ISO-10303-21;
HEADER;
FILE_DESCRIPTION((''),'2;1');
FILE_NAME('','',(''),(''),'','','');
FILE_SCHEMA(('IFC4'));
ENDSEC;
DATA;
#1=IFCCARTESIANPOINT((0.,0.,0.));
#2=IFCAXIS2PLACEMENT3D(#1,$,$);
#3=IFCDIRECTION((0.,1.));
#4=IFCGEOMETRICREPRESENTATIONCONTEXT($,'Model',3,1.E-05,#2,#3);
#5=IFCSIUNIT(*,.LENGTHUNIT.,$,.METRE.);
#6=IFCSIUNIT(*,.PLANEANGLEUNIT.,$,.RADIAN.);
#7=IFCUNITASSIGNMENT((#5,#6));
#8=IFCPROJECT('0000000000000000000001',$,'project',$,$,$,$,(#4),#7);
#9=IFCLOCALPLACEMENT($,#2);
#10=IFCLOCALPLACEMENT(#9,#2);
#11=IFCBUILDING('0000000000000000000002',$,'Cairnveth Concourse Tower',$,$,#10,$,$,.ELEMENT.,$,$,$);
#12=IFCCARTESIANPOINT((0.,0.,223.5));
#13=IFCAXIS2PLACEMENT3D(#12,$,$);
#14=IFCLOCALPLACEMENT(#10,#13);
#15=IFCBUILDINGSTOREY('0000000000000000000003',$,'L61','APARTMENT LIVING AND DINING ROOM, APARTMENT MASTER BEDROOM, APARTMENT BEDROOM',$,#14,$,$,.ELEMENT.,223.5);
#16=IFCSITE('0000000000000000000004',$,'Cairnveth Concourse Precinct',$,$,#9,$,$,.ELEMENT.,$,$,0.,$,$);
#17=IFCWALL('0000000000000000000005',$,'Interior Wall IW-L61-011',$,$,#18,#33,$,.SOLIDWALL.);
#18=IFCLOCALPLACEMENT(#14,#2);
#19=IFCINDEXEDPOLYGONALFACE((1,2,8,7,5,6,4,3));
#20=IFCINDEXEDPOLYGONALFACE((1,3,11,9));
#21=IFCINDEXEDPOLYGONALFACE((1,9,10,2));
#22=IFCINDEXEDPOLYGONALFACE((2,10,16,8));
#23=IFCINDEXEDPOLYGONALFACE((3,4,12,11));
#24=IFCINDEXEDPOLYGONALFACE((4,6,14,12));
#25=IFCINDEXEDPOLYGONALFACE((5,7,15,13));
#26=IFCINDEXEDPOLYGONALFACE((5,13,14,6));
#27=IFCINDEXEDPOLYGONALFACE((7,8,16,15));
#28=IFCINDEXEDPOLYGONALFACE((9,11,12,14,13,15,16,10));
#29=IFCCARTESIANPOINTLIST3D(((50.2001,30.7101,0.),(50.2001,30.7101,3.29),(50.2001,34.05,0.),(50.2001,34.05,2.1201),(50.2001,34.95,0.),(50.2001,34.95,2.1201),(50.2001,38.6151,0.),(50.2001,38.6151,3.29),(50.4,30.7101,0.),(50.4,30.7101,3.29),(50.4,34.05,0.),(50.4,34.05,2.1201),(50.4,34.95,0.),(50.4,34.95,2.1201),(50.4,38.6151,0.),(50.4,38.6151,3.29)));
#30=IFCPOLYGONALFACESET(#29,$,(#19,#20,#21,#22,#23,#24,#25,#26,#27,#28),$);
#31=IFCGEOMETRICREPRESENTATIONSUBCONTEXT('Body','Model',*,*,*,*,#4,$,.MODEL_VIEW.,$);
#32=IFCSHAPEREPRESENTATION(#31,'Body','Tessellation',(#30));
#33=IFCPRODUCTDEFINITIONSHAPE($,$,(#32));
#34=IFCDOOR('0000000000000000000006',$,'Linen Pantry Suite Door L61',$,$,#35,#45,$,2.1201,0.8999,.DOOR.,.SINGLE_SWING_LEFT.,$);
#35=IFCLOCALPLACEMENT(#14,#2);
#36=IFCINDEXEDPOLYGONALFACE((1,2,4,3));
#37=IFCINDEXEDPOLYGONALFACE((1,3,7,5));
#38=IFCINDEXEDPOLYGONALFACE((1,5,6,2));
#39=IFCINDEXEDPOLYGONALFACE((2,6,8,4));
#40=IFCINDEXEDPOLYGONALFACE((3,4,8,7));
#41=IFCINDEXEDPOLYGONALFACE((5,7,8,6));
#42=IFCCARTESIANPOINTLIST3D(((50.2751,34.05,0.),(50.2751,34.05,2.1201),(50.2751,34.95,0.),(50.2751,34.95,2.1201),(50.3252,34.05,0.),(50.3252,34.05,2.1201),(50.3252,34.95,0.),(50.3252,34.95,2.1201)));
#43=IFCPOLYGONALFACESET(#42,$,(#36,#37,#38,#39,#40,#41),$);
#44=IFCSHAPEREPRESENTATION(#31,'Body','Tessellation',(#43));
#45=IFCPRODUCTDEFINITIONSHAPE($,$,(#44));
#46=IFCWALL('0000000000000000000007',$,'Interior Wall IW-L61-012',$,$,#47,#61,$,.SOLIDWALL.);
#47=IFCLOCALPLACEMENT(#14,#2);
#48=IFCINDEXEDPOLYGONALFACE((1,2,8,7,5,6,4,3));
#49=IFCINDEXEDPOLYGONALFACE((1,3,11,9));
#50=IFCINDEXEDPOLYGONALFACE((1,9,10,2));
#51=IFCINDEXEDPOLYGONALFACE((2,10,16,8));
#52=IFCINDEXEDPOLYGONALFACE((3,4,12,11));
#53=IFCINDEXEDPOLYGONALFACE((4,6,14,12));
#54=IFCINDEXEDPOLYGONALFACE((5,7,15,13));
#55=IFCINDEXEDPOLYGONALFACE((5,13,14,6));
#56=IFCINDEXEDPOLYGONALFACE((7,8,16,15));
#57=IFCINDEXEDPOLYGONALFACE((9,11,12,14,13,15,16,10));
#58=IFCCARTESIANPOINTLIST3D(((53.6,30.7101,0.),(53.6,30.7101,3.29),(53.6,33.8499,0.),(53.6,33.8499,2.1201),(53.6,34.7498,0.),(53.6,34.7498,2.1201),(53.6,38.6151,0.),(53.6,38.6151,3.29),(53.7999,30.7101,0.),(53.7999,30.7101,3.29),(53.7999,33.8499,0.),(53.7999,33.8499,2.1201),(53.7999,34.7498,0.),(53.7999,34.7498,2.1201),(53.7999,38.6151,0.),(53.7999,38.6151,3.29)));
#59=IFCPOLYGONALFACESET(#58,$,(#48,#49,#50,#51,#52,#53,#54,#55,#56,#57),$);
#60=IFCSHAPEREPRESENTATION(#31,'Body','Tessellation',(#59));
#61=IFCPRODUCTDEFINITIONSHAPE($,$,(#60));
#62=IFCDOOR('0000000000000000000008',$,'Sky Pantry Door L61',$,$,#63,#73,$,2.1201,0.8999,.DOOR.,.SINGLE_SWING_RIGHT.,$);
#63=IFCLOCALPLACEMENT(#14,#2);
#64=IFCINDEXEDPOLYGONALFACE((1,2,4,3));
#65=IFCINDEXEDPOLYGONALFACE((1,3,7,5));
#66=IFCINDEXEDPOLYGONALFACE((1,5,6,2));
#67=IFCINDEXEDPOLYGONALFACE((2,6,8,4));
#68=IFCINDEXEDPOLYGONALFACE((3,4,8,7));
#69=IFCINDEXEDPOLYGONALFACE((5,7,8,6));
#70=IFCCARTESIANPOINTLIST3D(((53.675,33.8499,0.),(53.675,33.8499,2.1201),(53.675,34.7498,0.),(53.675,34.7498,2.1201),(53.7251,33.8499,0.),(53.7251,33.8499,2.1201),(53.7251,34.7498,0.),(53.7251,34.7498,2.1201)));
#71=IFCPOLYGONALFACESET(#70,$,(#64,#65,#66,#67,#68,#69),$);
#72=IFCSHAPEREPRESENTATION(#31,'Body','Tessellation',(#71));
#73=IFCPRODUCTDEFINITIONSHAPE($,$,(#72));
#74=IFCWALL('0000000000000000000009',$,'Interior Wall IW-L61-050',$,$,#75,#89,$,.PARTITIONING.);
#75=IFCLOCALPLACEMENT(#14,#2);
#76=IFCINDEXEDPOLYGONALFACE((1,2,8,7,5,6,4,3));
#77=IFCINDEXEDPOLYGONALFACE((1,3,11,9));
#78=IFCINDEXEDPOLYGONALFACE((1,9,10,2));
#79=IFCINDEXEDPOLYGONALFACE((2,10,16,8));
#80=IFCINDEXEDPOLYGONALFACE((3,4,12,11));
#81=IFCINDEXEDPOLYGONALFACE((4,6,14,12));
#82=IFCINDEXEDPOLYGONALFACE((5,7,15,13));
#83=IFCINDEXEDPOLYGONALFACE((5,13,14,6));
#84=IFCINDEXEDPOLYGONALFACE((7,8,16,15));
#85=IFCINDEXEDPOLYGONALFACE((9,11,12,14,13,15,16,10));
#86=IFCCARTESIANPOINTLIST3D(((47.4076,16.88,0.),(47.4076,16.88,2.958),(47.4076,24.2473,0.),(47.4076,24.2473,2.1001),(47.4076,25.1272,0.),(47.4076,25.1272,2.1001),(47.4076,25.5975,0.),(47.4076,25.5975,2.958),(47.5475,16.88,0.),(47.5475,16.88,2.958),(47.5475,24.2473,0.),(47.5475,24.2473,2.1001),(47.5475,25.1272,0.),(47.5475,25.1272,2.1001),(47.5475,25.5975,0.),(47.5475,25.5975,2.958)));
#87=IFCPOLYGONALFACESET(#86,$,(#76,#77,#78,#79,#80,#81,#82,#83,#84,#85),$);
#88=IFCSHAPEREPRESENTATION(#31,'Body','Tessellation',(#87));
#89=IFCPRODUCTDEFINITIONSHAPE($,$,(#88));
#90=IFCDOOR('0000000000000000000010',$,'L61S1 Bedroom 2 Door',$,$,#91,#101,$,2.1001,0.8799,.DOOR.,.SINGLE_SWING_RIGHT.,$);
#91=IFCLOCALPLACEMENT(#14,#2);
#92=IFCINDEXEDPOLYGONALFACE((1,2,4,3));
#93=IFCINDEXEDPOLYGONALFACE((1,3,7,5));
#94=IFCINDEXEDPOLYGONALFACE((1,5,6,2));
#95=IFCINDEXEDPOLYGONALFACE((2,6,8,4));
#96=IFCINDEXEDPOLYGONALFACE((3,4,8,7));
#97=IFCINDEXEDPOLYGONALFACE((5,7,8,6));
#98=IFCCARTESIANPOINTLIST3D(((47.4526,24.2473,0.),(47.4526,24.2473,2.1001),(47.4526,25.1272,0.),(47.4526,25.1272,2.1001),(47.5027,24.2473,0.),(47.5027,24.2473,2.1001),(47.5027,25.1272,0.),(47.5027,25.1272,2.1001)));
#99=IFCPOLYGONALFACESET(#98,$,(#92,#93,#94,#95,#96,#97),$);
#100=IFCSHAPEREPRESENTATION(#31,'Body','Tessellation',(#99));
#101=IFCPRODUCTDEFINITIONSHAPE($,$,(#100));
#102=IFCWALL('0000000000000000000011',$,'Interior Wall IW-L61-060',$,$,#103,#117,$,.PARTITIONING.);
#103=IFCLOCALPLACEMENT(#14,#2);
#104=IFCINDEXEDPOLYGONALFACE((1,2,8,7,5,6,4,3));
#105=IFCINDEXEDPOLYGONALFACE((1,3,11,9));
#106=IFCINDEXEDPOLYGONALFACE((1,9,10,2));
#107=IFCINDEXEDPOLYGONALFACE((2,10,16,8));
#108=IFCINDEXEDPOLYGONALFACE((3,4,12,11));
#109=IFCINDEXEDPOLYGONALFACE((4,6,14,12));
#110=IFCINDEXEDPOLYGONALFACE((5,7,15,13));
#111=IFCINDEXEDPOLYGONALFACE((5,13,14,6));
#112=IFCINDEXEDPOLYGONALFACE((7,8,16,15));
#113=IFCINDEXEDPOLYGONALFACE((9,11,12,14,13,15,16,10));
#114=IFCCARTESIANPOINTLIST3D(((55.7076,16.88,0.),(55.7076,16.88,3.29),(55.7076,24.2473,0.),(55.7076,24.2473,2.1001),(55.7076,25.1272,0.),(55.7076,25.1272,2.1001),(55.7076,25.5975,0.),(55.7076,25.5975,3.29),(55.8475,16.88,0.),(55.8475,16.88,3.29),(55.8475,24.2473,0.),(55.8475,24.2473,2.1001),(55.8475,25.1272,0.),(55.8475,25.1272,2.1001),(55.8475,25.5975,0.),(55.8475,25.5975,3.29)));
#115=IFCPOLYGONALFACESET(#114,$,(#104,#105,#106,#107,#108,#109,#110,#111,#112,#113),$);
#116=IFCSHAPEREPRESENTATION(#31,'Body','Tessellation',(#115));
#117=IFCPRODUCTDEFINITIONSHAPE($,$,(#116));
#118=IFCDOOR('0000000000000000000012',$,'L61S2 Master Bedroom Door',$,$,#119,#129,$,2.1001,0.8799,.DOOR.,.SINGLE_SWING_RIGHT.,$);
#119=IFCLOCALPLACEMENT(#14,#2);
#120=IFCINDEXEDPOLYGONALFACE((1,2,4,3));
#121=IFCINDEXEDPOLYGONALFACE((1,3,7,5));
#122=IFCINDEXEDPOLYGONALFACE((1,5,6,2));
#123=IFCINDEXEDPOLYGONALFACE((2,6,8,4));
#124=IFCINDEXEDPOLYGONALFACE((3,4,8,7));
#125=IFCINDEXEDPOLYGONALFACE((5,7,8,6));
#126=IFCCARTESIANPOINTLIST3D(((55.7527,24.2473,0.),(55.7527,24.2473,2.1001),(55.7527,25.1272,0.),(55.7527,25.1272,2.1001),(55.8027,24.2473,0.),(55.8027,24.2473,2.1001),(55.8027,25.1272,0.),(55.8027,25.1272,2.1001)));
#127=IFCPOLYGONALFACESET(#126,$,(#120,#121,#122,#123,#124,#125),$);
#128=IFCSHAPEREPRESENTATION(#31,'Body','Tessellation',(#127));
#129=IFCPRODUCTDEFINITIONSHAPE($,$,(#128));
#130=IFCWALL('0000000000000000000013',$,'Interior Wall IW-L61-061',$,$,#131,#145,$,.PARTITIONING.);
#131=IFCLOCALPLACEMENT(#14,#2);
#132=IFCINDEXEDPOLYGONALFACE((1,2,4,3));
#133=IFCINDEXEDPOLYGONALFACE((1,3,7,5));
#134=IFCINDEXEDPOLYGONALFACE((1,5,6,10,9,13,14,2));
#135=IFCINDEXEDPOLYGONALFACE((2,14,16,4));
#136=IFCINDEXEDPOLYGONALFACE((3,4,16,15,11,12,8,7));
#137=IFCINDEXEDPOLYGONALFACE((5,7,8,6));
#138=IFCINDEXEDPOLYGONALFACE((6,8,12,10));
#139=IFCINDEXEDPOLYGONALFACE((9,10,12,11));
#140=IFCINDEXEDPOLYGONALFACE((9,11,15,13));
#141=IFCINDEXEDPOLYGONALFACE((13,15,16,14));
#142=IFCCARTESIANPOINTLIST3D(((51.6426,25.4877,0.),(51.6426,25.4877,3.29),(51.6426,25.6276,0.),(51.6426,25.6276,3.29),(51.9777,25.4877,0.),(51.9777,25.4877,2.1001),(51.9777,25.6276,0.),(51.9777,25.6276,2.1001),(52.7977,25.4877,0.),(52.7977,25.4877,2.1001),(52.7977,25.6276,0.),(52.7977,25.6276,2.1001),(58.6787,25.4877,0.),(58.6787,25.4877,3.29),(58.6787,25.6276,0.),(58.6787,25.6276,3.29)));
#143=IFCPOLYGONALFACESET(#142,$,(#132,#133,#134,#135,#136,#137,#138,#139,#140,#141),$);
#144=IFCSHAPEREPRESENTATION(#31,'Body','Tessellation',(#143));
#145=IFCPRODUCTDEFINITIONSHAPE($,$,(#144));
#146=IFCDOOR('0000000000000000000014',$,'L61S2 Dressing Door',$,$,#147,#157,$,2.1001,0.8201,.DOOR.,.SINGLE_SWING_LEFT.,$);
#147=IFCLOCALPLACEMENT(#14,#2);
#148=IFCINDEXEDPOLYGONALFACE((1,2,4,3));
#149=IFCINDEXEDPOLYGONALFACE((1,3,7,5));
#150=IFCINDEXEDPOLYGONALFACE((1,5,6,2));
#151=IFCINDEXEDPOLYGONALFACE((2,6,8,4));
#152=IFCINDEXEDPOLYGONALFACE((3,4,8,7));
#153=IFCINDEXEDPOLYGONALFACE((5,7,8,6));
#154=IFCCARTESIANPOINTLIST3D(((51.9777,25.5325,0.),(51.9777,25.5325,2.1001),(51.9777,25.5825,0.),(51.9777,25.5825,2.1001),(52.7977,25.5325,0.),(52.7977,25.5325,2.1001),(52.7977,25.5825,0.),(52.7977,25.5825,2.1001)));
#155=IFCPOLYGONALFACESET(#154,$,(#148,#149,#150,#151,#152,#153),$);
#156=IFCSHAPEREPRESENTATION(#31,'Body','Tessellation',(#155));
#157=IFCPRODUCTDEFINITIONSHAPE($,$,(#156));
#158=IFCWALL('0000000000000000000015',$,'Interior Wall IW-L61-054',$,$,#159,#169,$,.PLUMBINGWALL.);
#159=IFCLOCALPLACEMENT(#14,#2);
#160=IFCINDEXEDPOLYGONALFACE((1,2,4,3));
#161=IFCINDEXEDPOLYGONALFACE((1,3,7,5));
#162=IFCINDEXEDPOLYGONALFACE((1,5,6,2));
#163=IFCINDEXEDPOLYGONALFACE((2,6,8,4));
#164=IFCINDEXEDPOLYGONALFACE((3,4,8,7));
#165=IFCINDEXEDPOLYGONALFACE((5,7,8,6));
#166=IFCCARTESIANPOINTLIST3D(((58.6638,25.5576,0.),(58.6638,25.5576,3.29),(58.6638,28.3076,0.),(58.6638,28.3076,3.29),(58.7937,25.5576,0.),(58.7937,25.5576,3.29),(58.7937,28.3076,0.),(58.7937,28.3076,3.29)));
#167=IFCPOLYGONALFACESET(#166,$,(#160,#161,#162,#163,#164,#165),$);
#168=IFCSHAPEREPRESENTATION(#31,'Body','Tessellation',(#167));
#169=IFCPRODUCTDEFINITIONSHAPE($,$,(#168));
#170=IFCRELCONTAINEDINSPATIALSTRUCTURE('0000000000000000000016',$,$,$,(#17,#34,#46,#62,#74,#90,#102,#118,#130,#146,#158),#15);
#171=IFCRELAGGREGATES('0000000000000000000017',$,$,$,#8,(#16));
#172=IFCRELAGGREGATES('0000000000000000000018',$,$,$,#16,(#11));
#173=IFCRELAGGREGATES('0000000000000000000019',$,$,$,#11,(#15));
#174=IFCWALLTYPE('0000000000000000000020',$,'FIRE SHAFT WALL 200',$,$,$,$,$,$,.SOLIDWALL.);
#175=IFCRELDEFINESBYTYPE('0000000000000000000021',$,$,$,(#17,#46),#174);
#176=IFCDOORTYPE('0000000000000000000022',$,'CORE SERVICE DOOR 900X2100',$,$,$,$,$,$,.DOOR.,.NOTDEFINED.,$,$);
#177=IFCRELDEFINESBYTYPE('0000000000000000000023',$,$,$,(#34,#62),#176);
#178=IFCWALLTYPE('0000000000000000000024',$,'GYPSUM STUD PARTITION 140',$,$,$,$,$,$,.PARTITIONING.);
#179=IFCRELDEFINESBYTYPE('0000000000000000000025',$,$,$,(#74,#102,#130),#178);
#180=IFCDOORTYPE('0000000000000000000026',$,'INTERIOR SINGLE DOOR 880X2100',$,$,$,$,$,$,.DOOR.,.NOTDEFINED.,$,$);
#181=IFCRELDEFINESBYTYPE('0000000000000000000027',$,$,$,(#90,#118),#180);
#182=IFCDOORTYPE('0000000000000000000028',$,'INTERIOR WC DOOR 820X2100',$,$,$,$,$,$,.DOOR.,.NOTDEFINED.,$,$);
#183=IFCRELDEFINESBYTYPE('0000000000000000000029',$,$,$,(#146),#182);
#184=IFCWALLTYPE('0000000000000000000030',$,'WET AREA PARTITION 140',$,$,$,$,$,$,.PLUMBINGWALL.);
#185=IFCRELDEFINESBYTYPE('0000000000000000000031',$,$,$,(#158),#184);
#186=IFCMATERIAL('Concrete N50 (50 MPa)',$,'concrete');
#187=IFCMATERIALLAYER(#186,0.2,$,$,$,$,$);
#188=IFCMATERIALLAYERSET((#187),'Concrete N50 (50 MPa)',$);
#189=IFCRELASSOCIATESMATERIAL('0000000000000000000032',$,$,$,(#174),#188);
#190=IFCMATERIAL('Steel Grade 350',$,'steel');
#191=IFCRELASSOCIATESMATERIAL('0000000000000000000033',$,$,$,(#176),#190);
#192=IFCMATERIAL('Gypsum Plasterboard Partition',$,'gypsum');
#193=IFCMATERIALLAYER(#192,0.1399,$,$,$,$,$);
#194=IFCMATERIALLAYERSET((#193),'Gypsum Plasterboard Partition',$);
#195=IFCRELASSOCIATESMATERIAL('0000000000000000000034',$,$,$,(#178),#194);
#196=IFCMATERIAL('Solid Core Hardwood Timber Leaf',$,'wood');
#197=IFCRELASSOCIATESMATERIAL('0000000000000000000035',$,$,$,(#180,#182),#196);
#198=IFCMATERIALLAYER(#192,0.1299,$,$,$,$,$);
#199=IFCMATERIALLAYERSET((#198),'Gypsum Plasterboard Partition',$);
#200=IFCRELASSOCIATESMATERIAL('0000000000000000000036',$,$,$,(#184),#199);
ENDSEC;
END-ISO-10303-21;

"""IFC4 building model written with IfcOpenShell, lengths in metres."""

from ifc_helpers import new_model, si_unit, direction, frame, frame_2d, origin, place, context, subcontext, project, spatial, rectangle, extrude, material, layer, layer_set, type_object, element, fill, save


model = new_model("IFC4")

# Units and contexts
model_context = context("Model", 3, precision=1e-05, world=origin(), true_north=direction((0.0, 1.0)))
body_context = subcontext(model_context, "Body", "Model", "MODEL_VIEW")
ifc_project = project(units=[si_unit("LENGTHUNIT", "METRE"), si_unit("PLANEANGLEUNIT", "RADIAN")], contexts=[model_context])

# Site, building, storey
site_placement = place(None, origin())
site = spatial("IfcSite", under=ifc_project, at=site_placement, Name="Cairnveth Concourse Precinct", CompositionType="ELEMENT", RefElevation=0.0)
building_placement = place(site_placement, origin())
building = spatial("IfcBuilding", under=site, at=building_placement, Name="Cairnveth Concourse Tower", CompositionType="ELEMENT")
storey_placement = place(building_placement, frame((0.0, 0.0, 223.5)))
storey = spatial("IfcBuildingStorey", under=building, at=storey_placement, Name="L61", Description="APARTMENT LIVING AND DINING ROOM, APARTMENT MASTER BEDROOM, APARTMENT BEDROOM", CompositionType="ELEMENT", Elevation=223.5)

# Shared definitions
ifc_material_1 = material(Name="Steel Grade 350", Category="steel")

# Shared definitions
ifc_material_2 = material(Name="Gypsum Plasterboard Partition", Category="gypsum")

# Walls, openings, doors
ifc_material_3 = material(Name="Concrete N50 (50 MPa)", Category="concrete")
ifc_layer_1 = layer(ifc_material_3, 0.2)
ifc_layer_set_1 = layer_set([ifc_layer_1], Name="Concrete N50 (50 MPa)")
wall_type_1 = type_object("IfcWallType", Name="FIRE SHAFT WALL 200", PredefinedType="SOLIDWALL", material=ifc_layer_set_1)
wall_1_placement = place(storey_placement, frame((50.3, 30.71, 0.0), z_axis=(0.0, 0.0, 1.0), x_axis=(0.0, 1.0, 0.0)))
wall_1 = element("IfcWall", 1, at=wall_1_placement, inside=storey, type_object=wall_type_1, Name="Interior Wall IW-L61-011", PredefinedType="SOLIDWALL", context=body_context, shape_type="SweptSolid", body=[
    extrude(rectangle(XDim=7.905, YDim=0.2, at=frame_2d((3.9526, 0.0))), origin(), (0.0, 0.0, 1.0), 3.29),
])
opening_1_placement = place(wall_1_placement, frame((3.3401, 0.0, 0.0)))
opening_1 = element("IfcOpeningElement", 2, at=opening_1_placement, cuts=wall_1, PredefinedType="OPENING", context=body_context, shape_type="SweptSolid", body=[
    extrude(rectangle(XDim=0.8999, YDim=2.1201, at=frame_2d((0.45, 1.0601))), frame((0.0, 0.1099, 0.0), z_axis=(0.0, -1.0, 0.0), x_axis=(1.0, 0.0, 0.0)), (0.0, 0.0, 1.0), 0.22),
])
door_type_1 = type_object("IfcDoorType", Name="CORE SERVICE DOOR 900X2100", OperationType="NOTDEFINED", PredefinedType="DOOR", material=ifc_material_1)
door_1_placement = place(opening_1_placement, origin())
door_1 = element("IfcDoor", 3, at=door_1_placement, inside=storey, type_object=door_type_1, Name="Linen Pantry Suite Door L61", OperationType="SINGLE_SWING_LEFT", OverallHeight=2.1201, OverallWidth=0.8999, PredefinedType="DOOR", context=body_context, shape_type="SweptSolid", body=[
    extrude(rectangle(XDim=0.8999, YDim=2.1201, at=frame_2d((0.45, 1.0601))), frame((0.0, 0.0249, 0.0), z_axis=(0.0, -1.0, 0.0), x_axis=(1.0, 0.0, 0.0)), (0.0, 0.0, 1.0), 0.05),
])
fill(opening_1, door_1)
wall_2_placement = place(storey_placement, frame((53.7, 30.71, 0.0), z_axis=(0.0, 0.0, 1.0), x_axis=(0.0, 1.0, 0.0)))
wall_2 = element("IfcWall", 4, at=wall_2_placement, inside=storey, type_object=wall_type_1, Name="Interior Wall IW-L61-012", PredefinedType="SOLIDWALL", context=body_context, shape_type="SweptSolid", body=[
    extrude(rectangle(XDim=7.905, YDim=0.2, at=frame_2d((3.9526, 0.0))), origin(), (0.0, 0.0, 1.0), 3.29),
])
opening_2_placement = place(wall_2_placement, frame((3.1399, 0.0, 0.0)))
opening_2 = element("IfcOpeningElement", 5, at=opening_2_placement, cuts=wall_2, PredefinedType="OPENING", context=body_context, shape_type="SweptSolid", body=[
    extrude(rectangle(XDim=0.8999, YDim=2.1201, at=frame_2d((0.45, 1.0601))), frame((0.0, 0.1099, 0.0), z_axis=(0.0, -1.0, 0.0), x_axis=(1.0, 0.0, 0.0)), (0.0, 0.0, 1.0), 0.22),
])
door_2_placement = place(opening_2_placement, origin())
door_2 = element("IfcDoor", 6, at=door_2_placement, inside=storey, type_object=door_type_1, Name="Sky Pantry Door L61", OperationType="SINGLE_SWING_RIGHT", OverallHeight=2.1201, OverallWidth=0.8999, PredefinedType="DOOR", context=body_context, shape_type="SweptSolid", body=[
    extrude(rectangle(XDim=0.8999, YDim=2.1201, at=frame_2d((0.45, 1.0601))), frame((0.0, 0.0249, 0.0), z_axis=(0.0, -1.0, 0.0), x_axis=(1.0, 0.0, 0.0)), (0.0, 0.0, 1.0), 0.05),
])
fill(opening_2, door_2)
ifc_layer_2 = layer(ifc_material_2, 0.1399)
ifc_layer_set_2 = layer_set([ifc_layer_2], Name="Gypsum Plasterboard Partition")
wall_type_2 = type_object("IfcWallType", Name="GYPSUM STUD PARTITION 140", PredefinedType="PARTITIONING", material=ifc_layer_set_2)
wall_3_placement = place(storey_placement, frame((47.4775, 16.8799, 0.0), z_axis=(0.0, 0.0, 1.0), x_axis=(0.0, 1.0, 0.0)))
wall_3 = element("IfcWall", 7, at=wall_3_placement, inside=storey, type_object=wall_type_2, Name="Interior Wall IW-L61-050", PredefinedType="PARTITIONING", context=body_context, shape_type="SweptSolid", body=[
    extrude(rectangle(XDim=8.7175, YDim=0.1399, at=frame_2d((4.3589, 0.0))), origin(), (0.0, 0.0, 1.0), 2.958),
])
opening_3_placement = place(wall_3_placement, frame((7.3674, 0.0, 0.0)))
opening_3 = element("IfcOpeningElement", 8, at=opening_3_placement, cuts=wall_3, PredefinedType="OPENING", context=body_context, shape_type="SweptSolid", body=[
    extrude(rectangle(XDim=0.8799, YDim=2.1001, at=frame_2d((0.4399, 1.05))), frame((0.0, 0.0798, 0.0), z_axis=(0.0, -1.0, 0.0), x_axis=(1.0, 0.0, 0.0)), (0.0, 0.0, 1.0), 0.1599),
])
ifc_material_4 = material(Name="Solid Core Hardwood Timber Leaf", Category="wood")
door_type_2 = type_object("IfcDoorType", Name="INTERIOR SINGLE DOOR 880X2100", OperationType="NOTDEFINED", PredefinedType="DOOR", material=ifc_material_4)
door_3_placement = place(opening_3_placement, origin())
door_3 = element("IfcDoor", 9, at=door_3_placement, inside=storey, type_object=door_type_2, Name="L61S1 Bedroom 2 Door", OperationType="SINGLE_SWING_RIGHT", OverallHeight=2.1001, OverallWidth=0.8799, PredefinedType="DOOR", context=body_context, shape_type="SweptSolid", body=[
    extrude(rectangle(XDim=0.8799, YDim=2.1001, at=frame_2d((0.4399, 1.05))), frame((0.0, 0.0249, 0.0), z_axis=(0.0, -1.0, 0.0), x_axis=(1.0, 0.0, 0.0)), (0.0, 0.0, 1.0), 0.05),
])
fill(opening_3, door_3)
wall_4_placement = place(storey_placement, frame((55.7776, 16.8799, 0.0), z_axis=(0.0, 0.0, 1.0), x_axis=(0.0, 1.0, 0.0)))
wall_4 = element("IfcWall", 10, at=wall_4_placement, inside=storey, type_object=wall_type_2, Name="Interior Wall IW-L61-060", PredefinedType="PARTITIONING", context=body_context, shape_type="SweptSolid", body=[
    extrude(rectangle(XDim=8.7175, YDim=0.1399, at=frame_2d((4.3589, 0.0))), origin(), (0.0, 0.0, 1.0), 3.29),
])
opening_4_placement = place(wall_4_placement, frame((7.3674, 0.0, 0.0)))
opening_4 = element("IfcOpeningElement", 11, at=opening_4_placement, cuts=wall_4, PredefinedType="OPENING", context=body_context, shape_type="SweptSolid", body=[
    extrude(rectangle(XDim=0.8799, YDim=2.1001, at=frame_2d((0.4399, 1.05))), frame((0.0, 0.0798, 0.0), z_axis=(0.0, -1.0, 0.0), x_axis=(1.0, 0.0, 0.0)), (0.0, 0.0, 1.0), 0.1599),
])
door_4_placement = place(opening_4_placement, origin())
door_4 = element("IfcDoor", 12, at=door_4_placement, inside=storey, type_object=door_type_2, Name="L61S2 Master Bedroom Door", OperationType="SINGLE_SWING_RIGHT", OverallHeight=2.1001, OverallWidth=0.8799, PredefinedType="DOOR", context=body_context, shape_type="SweptSolid", body=[
    extrude(rectangle(XDim=0.8799, YDim=2.1001, at=frame_2d((0.4399, 1.05))), frame((0.0, 0.0249, 0.0), z_axis=(0.0, -1.0, 0.0), x_axis=(1.0, 0.0, 0.0)), (0.0, 0.0, 1.0), 0.05),
])
fill(opening_4, door_4)
wall_5_placement = place(storey_placement, frame((51.6426, 25.5576, 0.0), z_axis=(0.0, 0.0, 1.0), x_axis=(1.0, 0.0, 0.0)))
wall_5 = element("IfcWall", 13, at=wall_5_placement, inside=storey, type_object=wall_type_2, Name="Interior Wall IW-L61-061", PredefinedType="PARTITIONING", context=body_context, shape_type="SweptSolid", body=[
    extrude(rectangle(XDim=7.0361, YDim=0.1399, at=frame_2d((3.5181, 0.0))), origin(), (0.0, 0.0, 1.0), 3.29),
])
opening_5_placement = place(wall_5_placement, frame((0.335, 0.0, 0.0)))
opening_5 = element("IfcOpeningElement", 14, at=opening_5_placement, cuts=wall_5, PredefinedType="OPENING", context=body_context, shape_type="SweptSolid", body=[
    extrude(rectangle(XDim=0.8201, YDim=2.1001, at=frame_2d((0.4102, 1.05))), frame((0.0, 0.0798, 0.0), z_axis=(0.0, -1.0, 0.0), x_axis=(1.0, 0.0, 0.0)), (0.0, 0.0, 1.0), 0.1599),
])
door_type_3 = type_object("IfcDoorType", Name="INTERIOR WC DOOR 820X2100", OperationType="NOTDEFINED", PredefinedType="DOOR", material=ifc_material_4)
door_5_placement = place(opening_5_placement, origin())
door_5 = element("IfcDoor", 15, at=door_5_placement, inside=storey, type_object=door_type_3, Name="L61S2 Dressing Door", OperationType="SINGLE_SWING_LEFT", OverallHeight=2.1001, OverallWidth=0.8201, PredefinedType="DOOR", context=body_context, shape_type="SweptSolid", body=[
    extrude(rectangle(XDim=0.8201, YDim=2.1001, at=frame_2d((0.4102, 1.05))), frame((0.0, 0.0249, 0.0), z_axis=(0.0, -1.0, 0.0), x_axis=(1.0, 0.0, 0.0)), (0.0, 0.0, 1.0), 0.05),
])
fill(opening_5, door_5)

# Wall
ifc_layer_3 = layer(ifc_material_2, 0.1299)
ifc_layer_set_3 = layer_set([ifc_layer_3], Name="Gypsum Plasterboard Partition")
wall_type_3 = type_object("IfcWallType", Name="WET AREA PARTITION 140", PredefinedType="PLUMBINGWALL", material=ifc_layer_set_3)
wall_6_placement = place(storey_placement, frame((58.7288, 25.5576, 0.0), z_axis=(0.0, 0.0, 1.0), x_axis=(0.0, 1.0, 0.0)))
element("IfcWall", 16, at=wall_6_placement, inside=storey, type_object=wall_type_3, Name="Interior Wall IW-L61-054", PredefinedType="PLUMBINGWALL", context=body_context, shape_type="SweptSolid", body=[
    extrude(rectangle(XDim=2.75, YDim=0.1299, at=frame_2d((1.375, 0.0))), origin(), (0.0, 0.0, 1.0), 3.29),
])

save(model, "model.ifc")
